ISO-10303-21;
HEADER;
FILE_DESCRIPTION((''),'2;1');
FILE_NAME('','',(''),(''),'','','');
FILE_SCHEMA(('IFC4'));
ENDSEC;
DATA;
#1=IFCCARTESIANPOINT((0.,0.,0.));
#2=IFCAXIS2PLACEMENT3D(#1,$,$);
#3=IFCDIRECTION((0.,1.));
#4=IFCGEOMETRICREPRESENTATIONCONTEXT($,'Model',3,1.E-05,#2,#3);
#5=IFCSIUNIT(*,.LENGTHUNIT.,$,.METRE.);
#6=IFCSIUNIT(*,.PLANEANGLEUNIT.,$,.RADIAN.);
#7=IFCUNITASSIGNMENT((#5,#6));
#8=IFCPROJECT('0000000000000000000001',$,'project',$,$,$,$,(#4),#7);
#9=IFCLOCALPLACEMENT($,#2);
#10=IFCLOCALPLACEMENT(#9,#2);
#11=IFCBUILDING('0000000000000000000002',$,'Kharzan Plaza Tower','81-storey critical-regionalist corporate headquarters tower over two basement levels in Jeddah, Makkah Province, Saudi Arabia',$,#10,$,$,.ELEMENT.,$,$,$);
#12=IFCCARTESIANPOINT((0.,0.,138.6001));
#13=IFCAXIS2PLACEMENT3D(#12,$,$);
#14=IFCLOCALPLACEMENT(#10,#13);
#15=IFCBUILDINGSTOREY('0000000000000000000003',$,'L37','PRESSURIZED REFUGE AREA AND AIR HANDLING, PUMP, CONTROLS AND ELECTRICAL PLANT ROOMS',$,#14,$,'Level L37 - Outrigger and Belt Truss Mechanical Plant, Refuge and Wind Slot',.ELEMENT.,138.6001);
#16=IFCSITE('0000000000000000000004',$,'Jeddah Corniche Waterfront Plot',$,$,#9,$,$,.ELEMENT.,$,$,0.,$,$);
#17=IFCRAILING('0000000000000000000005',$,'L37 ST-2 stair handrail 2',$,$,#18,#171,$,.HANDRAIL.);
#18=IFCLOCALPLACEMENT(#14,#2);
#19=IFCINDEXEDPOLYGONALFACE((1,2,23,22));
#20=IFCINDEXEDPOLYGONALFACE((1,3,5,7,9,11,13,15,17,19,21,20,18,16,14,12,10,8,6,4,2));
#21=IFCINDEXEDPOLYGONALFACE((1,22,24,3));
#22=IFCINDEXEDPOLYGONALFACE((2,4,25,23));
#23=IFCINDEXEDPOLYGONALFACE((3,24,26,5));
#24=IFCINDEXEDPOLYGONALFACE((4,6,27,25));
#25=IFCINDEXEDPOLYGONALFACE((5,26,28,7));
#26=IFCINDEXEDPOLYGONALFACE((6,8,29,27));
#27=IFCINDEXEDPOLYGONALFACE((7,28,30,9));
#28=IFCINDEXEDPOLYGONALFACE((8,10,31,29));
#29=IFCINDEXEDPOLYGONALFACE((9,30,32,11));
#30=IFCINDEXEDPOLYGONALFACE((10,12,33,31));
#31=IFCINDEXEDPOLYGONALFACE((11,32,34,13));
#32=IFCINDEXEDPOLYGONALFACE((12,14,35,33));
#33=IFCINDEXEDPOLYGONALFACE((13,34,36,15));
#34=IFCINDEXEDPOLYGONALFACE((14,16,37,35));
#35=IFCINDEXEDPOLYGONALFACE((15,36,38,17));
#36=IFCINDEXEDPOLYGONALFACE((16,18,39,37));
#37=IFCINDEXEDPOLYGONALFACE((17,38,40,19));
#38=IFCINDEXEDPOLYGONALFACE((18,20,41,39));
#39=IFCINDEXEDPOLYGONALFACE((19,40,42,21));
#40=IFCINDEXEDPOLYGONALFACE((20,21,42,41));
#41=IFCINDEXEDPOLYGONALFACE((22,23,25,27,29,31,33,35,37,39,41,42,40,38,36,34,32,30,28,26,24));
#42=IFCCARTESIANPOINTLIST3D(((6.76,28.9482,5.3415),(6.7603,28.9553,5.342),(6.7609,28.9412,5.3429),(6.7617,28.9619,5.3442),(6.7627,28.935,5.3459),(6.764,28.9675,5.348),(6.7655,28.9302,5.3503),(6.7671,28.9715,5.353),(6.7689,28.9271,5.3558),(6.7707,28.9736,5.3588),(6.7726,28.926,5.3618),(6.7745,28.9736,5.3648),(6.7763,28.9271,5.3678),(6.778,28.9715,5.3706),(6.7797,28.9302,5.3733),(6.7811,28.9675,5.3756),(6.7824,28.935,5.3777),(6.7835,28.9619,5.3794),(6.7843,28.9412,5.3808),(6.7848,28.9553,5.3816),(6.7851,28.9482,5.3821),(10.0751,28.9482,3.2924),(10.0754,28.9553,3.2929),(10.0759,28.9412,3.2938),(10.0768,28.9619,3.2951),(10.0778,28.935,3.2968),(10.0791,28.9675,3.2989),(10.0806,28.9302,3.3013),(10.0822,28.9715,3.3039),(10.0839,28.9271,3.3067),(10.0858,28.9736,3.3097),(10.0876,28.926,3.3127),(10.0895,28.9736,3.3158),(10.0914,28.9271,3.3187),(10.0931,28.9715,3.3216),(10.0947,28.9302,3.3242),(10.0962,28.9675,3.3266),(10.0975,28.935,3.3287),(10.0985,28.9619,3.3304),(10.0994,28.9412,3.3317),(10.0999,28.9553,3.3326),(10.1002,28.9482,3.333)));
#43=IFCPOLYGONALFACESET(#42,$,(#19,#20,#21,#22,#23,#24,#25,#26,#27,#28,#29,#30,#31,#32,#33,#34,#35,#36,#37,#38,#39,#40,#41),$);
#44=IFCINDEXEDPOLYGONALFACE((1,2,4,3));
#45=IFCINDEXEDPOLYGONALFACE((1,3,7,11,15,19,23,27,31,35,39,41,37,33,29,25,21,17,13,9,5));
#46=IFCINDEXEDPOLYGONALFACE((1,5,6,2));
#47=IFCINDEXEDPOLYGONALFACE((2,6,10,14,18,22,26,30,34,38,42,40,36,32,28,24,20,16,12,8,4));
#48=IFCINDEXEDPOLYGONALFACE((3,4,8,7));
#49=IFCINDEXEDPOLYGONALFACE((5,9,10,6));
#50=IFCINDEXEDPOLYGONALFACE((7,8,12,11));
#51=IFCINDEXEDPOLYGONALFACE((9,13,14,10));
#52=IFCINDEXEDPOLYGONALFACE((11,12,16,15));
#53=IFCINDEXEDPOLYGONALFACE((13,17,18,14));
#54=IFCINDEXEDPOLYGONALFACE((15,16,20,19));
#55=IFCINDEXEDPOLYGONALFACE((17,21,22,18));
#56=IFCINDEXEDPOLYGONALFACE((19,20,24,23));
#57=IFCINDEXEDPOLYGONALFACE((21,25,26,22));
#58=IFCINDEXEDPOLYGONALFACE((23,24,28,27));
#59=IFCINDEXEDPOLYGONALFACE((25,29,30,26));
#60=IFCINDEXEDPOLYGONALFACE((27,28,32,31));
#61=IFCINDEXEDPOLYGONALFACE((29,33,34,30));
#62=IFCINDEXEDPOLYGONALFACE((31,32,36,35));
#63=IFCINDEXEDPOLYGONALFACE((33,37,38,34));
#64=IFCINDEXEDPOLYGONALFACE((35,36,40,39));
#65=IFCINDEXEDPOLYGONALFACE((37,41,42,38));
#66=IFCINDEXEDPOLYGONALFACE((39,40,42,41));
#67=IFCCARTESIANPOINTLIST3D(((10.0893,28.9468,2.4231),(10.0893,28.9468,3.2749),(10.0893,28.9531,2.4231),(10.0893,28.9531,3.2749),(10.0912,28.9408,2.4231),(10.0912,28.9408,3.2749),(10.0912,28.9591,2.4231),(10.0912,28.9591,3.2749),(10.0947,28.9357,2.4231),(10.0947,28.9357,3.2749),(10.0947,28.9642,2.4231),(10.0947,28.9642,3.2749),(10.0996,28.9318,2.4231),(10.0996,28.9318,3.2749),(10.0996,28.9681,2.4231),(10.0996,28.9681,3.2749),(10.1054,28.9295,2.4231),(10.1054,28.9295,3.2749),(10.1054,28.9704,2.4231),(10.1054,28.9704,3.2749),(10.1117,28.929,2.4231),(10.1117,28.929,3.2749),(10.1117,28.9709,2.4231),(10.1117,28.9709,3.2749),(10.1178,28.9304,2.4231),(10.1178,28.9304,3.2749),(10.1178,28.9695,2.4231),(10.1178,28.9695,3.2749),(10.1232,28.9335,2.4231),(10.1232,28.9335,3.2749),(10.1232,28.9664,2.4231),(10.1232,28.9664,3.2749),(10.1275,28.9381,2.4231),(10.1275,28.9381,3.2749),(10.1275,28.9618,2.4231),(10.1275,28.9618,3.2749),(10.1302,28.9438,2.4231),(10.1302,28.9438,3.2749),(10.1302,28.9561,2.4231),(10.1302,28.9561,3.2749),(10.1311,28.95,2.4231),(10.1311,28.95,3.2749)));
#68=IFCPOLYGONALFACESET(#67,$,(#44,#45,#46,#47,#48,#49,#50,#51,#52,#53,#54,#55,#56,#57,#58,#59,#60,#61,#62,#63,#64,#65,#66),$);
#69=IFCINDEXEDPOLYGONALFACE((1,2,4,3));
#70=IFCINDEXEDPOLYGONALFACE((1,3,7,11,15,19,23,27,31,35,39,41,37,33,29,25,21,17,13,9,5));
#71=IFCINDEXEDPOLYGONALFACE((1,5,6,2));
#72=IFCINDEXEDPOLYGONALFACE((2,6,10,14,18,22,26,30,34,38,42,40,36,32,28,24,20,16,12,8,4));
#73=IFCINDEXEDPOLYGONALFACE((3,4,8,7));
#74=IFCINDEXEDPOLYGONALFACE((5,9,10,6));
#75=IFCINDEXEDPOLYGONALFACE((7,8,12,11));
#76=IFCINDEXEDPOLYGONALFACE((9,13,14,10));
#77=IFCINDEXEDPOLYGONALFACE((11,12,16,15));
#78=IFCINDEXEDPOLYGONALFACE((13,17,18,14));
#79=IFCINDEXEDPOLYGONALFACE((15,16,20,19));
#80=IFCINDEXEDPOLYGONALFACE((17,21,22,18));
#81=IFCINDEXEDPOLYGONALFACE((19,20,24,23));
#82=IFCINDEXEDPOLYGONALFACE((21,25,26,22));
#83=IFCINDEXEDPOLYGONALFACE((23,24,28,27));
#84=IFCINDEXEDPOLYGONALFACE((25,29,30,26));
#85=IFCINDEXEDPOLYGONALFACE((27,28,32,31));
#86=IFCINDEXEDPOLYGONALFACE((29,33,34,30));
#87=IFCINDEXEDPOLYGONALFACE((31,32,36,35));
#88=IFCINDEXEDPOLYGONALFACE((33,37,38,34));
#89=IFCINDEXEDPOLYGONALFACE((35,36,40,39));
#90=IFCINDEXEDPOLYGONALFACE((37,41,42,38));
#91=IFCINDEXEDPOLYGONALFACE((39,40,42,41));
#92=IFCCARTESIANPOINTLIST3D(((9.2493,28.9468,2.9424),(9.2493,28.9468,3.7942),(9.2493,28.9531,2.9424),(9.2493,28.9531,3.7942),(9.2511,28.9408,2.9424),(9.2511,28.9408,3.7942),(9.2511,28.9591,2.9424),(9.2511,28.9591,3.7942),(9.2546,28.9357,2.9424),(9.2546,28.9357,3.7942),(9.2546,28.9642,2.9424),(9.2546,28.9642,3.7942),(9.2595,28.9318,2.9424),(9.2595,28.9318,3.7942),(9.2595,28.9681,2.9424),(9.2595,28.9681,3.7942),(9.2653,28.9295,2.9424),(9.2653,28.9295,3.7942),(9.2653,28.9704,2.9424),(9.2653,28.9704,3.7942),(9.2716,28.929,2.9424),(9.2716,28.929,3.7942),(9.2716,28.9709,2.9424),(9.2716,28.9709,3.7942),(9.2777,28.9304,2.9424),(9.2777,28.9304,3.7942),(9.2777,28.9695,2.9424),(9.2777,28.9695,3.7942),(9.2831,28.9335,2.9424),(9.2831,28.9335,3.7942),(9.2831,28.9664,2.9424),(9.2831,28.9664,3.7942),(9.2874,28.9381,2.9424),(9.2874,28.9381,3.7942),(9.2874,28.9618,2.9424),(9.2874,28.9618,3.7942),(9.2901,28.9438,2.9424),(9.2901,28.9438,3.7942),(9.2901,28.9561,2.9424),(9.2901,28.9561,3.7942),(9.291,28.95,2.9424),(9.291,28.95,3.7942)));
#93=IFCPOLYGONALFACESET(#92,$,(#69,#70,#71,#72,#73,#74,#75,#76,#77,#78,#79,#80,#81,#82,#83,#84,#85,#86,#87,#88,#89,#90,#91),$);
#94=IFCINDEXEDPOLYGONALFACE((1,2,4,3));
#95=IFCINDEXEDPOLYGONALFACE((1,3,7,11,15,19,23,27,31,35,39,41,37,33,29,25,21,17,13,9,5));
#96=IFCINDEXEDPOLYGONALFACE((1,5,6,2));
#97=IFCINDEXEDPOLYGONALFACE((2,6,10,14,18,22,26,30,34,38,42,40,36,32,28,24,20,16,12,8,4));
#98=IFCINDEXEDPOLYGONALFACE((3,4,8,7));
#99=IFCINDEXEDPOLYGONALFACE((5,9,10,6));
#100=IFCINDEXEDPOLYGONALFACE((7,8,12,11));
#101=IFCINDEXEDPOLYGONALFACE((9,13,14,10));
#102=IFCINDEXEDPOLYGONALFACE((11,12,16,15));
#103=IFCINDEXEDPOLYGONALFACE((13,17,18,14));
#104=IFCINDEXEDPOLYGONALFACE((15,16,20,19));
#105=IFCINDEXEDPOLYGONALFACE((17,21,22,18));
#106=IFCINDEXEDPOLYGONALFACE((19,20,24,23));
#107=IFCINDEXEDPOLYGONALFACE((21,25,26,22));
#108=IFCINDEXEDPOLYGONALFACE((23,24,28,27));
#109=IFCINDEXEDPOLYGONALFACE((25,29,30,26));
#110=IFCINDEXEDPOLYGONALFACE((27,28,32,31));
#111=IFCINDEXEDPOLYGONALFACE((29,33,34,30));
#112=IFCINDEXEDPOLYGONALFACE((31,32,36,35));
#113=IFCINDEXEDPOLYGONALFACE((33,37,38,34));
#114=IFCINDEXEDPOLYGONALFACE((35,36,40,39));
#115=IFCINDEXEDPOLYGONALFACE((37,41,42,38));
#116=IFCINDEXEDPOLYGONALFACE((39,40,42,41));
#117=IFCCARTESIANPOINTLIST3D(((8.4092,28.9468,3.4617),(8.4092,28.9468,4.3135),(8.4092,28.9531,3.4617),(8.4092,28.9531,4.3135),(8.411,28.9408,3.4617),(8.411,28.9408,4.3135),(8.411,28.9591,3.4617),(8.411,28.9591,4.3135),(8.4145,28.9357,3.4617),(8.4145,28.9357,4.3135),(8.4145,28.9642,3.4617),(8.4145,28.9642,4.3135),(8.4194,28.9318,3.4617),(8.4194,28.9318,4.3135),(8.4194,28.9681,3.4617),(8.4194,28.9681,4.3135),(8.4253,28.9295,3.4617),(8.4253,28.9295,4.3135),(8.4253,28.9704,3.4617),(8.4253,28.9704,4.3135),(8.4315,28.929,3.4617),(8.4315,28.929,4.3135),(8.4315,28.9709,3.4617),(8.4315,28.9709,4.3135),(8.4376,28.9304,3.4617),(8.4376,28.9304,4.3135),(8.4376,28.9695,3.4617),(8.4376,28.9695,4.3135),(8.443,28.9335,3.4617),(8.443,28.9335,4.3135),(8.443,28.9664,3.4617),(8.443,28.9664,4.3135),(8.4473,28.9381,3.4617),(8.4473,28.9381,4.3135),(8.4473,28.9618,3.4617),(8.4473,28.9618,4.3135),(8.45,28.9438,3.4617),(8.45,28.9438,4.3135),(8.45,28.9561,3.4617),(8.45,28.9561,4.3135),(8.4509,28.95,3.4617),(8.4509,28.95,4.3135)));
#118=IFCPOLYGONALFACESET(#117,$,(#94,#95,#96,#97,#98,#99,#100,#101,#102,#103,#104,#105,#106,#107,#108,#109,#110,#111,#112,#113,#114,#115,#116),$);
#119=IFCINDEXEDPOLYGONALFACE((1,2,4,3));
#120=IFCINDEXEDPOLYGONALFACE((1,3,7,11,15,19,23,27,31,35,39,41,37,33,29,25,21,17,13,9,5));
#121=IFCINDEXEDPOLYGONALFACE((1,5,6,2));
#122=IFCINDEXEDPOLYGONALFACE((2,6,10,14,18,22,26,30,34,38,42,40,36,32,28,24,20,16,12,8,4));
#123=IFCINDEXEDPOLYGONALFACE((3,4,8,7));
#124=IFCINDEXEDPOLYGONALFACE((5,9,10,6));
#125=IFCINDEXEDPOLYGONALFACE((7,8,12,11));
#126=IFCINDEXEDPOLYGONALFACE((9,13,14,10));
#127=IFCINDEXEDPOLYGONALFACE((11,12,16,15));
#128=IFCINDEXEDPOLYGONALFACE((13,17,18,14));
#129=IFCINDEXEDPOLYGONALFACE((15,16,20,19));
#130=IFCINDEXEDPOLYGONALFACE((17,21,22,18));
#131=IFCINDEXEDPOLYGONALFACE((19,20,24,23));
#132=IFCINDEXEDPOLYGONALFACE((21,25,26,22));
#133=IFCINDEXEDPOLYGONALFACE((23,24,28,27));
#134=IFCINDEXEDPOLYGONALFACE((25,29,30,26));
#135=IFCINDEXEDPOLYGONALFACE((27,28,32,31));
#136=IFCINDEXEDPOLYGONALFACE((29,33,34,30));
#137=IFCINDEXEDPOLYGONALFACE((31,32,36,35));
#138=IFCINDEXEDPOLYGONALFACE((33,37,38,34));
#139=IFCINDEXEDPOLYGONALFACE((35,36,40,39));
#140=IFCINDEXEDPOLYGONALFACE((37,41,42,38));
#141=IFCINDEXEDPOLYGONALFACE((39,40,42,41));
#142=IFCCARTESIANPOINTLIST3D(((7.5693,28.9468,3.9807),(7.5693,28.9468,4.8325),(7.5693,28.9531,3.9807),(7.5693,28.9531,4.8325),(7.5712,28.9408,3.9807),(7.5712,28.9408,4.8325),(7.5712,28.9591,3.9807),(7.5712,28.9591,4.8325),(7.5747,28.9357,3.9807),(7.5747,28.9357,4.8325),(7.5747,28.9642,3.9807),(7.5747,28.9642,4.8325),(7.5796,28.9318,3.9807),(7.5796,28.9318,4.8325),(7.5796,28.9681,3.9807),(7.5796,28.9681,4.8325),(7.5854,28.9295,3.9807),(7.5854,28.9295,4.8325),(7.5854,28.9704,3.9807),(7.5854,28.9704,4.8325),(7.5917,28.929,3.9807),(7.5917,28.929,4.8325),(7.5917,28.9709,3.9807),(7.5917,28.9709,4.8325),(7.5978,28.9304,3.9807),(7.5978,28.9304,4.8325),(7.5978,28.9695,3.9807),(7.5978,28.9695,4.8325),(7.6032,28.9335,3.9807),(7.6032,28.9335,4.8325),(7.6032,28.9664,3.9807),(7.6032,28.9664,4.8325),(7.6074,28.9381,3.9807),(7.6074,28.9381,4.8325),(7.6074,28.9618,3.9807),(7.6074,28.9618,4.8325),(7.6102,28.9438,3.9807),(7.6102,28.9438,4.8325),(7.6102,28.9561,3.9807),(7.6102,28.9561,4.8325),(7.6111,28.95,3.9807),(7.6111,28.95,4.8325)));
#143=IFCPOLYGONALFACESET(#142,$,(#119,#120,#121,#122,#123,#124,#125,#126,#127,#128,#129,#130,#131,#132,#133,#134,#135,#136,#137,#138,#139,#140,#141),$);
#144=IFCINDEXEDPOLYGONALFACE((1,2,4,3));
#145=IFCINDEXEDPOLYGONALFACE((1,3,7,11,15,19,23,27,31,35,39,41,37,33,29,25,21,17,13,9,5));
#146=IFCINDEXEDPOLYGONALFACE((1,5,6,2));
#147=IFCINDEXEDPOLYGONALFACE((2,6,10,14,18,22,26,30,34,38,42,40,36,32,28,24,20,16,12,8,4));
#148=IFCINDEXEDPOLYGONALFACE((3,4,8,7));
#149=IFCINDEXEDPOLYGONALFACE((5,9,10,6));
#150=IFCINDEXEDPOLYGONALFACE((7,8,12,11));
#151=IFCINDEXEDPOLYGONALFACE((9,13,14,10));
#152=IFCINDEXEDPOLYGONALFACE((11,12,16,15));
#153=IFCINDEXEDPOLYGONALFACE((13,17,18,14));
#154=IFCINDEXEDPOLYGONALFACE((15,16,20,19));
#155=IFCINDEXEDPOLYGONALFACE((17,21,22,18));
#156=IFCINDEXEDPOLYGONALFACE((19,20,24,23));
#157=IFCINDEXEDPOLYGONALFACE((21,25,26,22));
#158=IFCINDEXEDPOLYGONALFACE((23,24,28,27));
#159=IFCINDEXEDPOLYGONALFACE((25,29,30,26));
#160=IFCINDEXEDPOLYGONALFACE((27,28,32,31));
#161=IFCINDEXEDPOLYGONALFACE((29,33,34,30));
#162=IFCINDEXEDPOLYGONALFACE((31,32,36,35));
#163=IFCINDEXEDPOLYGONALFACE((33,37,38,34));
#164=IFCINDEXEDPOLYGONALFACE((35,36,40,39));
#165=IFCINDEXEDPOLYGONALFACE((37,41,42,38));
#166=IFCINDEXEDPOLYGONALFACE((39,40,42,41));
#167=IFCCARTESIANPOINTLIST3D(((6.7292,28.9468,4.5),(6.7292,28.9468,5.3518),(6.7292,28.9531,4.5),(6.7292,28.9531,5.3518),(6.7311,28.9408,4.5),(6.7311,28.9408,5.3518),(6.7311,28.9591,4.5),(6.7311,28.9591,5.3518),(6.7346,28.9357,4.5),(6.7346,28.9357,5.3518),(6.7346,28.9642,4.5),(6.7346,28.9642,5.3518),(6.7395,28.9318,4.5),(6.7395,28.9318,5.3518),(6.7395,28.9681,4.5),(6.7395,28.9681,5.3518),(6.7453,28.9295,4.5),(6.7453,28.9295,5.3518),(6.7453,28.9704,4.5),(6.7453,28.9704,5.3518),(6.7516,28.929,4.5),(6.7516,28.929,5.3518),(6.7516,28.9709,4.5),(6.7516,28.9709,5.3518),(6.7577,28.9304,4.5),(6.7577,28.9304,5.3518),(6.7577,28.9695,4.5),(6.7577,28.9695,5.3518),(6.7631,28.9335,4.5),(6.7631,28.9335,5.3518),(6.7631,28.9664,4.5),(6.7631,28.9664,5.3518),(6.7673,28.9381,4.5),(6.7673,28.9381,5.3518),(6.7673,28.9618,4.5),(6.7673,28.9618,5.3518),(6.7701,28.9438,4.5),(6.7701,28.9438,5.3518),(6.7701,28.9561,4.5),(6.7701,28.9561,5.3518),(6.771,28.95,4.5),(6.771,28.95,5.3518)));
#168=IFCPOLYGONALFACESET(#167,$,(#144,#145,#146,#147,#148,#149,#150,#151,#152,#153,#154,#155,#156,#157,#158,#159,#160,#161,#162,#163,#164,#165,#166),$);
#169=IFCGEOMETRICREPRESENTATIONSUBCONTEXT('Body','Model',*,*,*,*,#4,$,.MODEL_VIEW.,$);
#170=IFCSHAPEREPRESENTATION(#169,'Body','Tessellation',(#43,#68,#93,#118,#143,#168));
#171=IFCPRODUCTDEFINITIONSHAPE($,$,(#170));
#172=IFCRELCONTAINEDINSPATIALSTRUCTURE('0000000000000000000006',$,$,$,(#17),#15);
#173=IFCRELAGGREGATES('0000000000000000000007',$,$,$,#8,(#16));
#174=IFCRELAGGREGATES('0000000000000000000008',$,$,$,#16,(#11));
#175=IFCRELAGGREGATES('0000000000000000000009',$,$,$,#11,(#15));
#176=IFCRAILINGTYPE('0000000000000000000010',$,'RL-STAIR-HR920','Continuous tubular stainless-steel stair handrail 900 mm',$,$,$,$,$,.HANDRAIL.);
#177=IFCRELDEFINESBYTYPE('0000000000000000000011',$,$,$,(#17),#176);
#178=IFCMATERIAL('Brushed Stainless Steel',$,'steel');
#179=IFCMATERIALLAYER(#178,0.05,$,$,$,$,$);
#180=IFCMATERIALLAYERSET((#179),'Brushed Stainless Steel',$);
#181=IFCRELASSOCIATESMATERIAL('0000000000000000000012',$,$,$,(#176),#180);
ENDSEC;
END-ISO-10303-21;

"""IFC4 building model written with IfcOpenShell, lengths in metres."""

from ifc_helpers import new_model, si_unit, direction, frame, origin, origin_2d, place, context, subcontext, project, spatial, circle, extrude, source, transform, mapped, material, layer, layer_set, type_object, element, save


model = new_model("IFC4")

# Units and contexts
model_context = context("Model", 3, precision=1e-05, world=origin(), true_north=direction((0.0, 1.0)))
body_context = subcontext(model_context, "Body", "Model", "MODEL_VIEW")
ifc_project = project(units=[si_unit("LENGTHUNIT", "METRE"), si_unit("PLANEANGLEUNIT", "RADIAN")], contexts=[model_context])

# Site, building, storey
site_placement = place(None, origin())
site = spatial("IfcSite", under=ifc_project, at=site_placement, Name="Jeddah Corniche Waterfront Plot", CompositionType="ELEMENT", RefElevation=0.0)
building_placement = place(site_placement, origin())
building = spatial("IfcBuilding", under=site, at=building_placement, Name="Kharzan Plaza Tower", Description="81-storey critical-regionalist corporate headquarters tower over two basement levels in Jeddah, Makkah Province, Saudi Arabia", CompositionType="ELEMENT")
storey_placement = place(building_placement, frame((0.0, 0.0, 138.6001)))
storey = spatial("IfcBuildingStorey", under=building, at=storey_placement, Name="L37", Description="PRESSURIZED REFUGE AREA AND AIR HANDLING, PUMP, CONTROLS AND ELECTRICAL PLANT ROOMS", LongName="Level L37 - Outrigger and Belt Truss Mechanical Plant, Refuge and Wind Slot", CompositionType="ELEMENT", Elevation=138.6001)

# Railing
ifc_material_1 = material(Name="Brushed Stainless Steel", Category="steel")
ifc_layer_1 = layer(ifc_material_1, 0.05)
ifc_layer_set_1 = layer_set([ifc_layer_1], Name="Brushed Stainless Steel")
railing_type_1 = type_object("IfcRailingType", Name="RL-STAIR-HR920", Description="Continuous tubular stainless-steel stair handrail 900 mm", PredefinedType="HANDRAIL", material=ifc_layer_set_1)
shared_shape_1 = source(origin(), body_context, "Body", "SweptSolid", [
    extrude(circle(Radius=0.0239, at=origin_2d()), frame((-0.0225, 0.0, 0.8896), z_axis=(-0.850623, 0.0, 0.525776), x_axis=(0.0, -1.0, 0.0)), (0.0, 0.0, 1.0), 3.8972),
    extrude(circle(Radius=0.021, at=origin_2d()), origin(), (0.0, 0.0, 1.0), 0.8518),
    extrude(circle(Radius=0.021, at=origin_2d()), frame((-0.8401, 0.0, 0.5193)), (0.0, 0.0, 1.0), 0.8518),
    extrude(circle(Radius=0.021, at=origin_2d()), frame((-1.6802, 0.0, 1.0386)), (0.0, 0.0, 1.0), 0.8518),
    extrude(circle(Radius=0.021, at=origin_2d()), frame((-2.52, 0.0, 1.5576)), (0.0, 0.0, 1.0), 0.8518),
    extrude(circle(Radius=0.021, at=origin_2d()), frame((-3.3601, 0.0, 2.0769)), (0.0, 0.0, 1.0), 0.8518),
])
railing_1_placement = place(storey_placement, frame((10.1101, 28.95, 2.4231)))
element("IfcRailing", 1, at=railing_1_placement, inside=storey, type_object=railing_type_1, Name="L37 ST-2 stair handrail 2", PredefinedType="HANDRAIL", context=body_context, shape_type="MappedRepresentation", body=[
    mapped(shared_shape_1, transform((0.0, 0.0, 0.0), x_axis=(1.0, 0.0, 0.0), y_axis=(0.0, 1.0, 0.0), z_axis=(0.0, 0.0, 1.0))),
])

save(model, "model.ifc")
